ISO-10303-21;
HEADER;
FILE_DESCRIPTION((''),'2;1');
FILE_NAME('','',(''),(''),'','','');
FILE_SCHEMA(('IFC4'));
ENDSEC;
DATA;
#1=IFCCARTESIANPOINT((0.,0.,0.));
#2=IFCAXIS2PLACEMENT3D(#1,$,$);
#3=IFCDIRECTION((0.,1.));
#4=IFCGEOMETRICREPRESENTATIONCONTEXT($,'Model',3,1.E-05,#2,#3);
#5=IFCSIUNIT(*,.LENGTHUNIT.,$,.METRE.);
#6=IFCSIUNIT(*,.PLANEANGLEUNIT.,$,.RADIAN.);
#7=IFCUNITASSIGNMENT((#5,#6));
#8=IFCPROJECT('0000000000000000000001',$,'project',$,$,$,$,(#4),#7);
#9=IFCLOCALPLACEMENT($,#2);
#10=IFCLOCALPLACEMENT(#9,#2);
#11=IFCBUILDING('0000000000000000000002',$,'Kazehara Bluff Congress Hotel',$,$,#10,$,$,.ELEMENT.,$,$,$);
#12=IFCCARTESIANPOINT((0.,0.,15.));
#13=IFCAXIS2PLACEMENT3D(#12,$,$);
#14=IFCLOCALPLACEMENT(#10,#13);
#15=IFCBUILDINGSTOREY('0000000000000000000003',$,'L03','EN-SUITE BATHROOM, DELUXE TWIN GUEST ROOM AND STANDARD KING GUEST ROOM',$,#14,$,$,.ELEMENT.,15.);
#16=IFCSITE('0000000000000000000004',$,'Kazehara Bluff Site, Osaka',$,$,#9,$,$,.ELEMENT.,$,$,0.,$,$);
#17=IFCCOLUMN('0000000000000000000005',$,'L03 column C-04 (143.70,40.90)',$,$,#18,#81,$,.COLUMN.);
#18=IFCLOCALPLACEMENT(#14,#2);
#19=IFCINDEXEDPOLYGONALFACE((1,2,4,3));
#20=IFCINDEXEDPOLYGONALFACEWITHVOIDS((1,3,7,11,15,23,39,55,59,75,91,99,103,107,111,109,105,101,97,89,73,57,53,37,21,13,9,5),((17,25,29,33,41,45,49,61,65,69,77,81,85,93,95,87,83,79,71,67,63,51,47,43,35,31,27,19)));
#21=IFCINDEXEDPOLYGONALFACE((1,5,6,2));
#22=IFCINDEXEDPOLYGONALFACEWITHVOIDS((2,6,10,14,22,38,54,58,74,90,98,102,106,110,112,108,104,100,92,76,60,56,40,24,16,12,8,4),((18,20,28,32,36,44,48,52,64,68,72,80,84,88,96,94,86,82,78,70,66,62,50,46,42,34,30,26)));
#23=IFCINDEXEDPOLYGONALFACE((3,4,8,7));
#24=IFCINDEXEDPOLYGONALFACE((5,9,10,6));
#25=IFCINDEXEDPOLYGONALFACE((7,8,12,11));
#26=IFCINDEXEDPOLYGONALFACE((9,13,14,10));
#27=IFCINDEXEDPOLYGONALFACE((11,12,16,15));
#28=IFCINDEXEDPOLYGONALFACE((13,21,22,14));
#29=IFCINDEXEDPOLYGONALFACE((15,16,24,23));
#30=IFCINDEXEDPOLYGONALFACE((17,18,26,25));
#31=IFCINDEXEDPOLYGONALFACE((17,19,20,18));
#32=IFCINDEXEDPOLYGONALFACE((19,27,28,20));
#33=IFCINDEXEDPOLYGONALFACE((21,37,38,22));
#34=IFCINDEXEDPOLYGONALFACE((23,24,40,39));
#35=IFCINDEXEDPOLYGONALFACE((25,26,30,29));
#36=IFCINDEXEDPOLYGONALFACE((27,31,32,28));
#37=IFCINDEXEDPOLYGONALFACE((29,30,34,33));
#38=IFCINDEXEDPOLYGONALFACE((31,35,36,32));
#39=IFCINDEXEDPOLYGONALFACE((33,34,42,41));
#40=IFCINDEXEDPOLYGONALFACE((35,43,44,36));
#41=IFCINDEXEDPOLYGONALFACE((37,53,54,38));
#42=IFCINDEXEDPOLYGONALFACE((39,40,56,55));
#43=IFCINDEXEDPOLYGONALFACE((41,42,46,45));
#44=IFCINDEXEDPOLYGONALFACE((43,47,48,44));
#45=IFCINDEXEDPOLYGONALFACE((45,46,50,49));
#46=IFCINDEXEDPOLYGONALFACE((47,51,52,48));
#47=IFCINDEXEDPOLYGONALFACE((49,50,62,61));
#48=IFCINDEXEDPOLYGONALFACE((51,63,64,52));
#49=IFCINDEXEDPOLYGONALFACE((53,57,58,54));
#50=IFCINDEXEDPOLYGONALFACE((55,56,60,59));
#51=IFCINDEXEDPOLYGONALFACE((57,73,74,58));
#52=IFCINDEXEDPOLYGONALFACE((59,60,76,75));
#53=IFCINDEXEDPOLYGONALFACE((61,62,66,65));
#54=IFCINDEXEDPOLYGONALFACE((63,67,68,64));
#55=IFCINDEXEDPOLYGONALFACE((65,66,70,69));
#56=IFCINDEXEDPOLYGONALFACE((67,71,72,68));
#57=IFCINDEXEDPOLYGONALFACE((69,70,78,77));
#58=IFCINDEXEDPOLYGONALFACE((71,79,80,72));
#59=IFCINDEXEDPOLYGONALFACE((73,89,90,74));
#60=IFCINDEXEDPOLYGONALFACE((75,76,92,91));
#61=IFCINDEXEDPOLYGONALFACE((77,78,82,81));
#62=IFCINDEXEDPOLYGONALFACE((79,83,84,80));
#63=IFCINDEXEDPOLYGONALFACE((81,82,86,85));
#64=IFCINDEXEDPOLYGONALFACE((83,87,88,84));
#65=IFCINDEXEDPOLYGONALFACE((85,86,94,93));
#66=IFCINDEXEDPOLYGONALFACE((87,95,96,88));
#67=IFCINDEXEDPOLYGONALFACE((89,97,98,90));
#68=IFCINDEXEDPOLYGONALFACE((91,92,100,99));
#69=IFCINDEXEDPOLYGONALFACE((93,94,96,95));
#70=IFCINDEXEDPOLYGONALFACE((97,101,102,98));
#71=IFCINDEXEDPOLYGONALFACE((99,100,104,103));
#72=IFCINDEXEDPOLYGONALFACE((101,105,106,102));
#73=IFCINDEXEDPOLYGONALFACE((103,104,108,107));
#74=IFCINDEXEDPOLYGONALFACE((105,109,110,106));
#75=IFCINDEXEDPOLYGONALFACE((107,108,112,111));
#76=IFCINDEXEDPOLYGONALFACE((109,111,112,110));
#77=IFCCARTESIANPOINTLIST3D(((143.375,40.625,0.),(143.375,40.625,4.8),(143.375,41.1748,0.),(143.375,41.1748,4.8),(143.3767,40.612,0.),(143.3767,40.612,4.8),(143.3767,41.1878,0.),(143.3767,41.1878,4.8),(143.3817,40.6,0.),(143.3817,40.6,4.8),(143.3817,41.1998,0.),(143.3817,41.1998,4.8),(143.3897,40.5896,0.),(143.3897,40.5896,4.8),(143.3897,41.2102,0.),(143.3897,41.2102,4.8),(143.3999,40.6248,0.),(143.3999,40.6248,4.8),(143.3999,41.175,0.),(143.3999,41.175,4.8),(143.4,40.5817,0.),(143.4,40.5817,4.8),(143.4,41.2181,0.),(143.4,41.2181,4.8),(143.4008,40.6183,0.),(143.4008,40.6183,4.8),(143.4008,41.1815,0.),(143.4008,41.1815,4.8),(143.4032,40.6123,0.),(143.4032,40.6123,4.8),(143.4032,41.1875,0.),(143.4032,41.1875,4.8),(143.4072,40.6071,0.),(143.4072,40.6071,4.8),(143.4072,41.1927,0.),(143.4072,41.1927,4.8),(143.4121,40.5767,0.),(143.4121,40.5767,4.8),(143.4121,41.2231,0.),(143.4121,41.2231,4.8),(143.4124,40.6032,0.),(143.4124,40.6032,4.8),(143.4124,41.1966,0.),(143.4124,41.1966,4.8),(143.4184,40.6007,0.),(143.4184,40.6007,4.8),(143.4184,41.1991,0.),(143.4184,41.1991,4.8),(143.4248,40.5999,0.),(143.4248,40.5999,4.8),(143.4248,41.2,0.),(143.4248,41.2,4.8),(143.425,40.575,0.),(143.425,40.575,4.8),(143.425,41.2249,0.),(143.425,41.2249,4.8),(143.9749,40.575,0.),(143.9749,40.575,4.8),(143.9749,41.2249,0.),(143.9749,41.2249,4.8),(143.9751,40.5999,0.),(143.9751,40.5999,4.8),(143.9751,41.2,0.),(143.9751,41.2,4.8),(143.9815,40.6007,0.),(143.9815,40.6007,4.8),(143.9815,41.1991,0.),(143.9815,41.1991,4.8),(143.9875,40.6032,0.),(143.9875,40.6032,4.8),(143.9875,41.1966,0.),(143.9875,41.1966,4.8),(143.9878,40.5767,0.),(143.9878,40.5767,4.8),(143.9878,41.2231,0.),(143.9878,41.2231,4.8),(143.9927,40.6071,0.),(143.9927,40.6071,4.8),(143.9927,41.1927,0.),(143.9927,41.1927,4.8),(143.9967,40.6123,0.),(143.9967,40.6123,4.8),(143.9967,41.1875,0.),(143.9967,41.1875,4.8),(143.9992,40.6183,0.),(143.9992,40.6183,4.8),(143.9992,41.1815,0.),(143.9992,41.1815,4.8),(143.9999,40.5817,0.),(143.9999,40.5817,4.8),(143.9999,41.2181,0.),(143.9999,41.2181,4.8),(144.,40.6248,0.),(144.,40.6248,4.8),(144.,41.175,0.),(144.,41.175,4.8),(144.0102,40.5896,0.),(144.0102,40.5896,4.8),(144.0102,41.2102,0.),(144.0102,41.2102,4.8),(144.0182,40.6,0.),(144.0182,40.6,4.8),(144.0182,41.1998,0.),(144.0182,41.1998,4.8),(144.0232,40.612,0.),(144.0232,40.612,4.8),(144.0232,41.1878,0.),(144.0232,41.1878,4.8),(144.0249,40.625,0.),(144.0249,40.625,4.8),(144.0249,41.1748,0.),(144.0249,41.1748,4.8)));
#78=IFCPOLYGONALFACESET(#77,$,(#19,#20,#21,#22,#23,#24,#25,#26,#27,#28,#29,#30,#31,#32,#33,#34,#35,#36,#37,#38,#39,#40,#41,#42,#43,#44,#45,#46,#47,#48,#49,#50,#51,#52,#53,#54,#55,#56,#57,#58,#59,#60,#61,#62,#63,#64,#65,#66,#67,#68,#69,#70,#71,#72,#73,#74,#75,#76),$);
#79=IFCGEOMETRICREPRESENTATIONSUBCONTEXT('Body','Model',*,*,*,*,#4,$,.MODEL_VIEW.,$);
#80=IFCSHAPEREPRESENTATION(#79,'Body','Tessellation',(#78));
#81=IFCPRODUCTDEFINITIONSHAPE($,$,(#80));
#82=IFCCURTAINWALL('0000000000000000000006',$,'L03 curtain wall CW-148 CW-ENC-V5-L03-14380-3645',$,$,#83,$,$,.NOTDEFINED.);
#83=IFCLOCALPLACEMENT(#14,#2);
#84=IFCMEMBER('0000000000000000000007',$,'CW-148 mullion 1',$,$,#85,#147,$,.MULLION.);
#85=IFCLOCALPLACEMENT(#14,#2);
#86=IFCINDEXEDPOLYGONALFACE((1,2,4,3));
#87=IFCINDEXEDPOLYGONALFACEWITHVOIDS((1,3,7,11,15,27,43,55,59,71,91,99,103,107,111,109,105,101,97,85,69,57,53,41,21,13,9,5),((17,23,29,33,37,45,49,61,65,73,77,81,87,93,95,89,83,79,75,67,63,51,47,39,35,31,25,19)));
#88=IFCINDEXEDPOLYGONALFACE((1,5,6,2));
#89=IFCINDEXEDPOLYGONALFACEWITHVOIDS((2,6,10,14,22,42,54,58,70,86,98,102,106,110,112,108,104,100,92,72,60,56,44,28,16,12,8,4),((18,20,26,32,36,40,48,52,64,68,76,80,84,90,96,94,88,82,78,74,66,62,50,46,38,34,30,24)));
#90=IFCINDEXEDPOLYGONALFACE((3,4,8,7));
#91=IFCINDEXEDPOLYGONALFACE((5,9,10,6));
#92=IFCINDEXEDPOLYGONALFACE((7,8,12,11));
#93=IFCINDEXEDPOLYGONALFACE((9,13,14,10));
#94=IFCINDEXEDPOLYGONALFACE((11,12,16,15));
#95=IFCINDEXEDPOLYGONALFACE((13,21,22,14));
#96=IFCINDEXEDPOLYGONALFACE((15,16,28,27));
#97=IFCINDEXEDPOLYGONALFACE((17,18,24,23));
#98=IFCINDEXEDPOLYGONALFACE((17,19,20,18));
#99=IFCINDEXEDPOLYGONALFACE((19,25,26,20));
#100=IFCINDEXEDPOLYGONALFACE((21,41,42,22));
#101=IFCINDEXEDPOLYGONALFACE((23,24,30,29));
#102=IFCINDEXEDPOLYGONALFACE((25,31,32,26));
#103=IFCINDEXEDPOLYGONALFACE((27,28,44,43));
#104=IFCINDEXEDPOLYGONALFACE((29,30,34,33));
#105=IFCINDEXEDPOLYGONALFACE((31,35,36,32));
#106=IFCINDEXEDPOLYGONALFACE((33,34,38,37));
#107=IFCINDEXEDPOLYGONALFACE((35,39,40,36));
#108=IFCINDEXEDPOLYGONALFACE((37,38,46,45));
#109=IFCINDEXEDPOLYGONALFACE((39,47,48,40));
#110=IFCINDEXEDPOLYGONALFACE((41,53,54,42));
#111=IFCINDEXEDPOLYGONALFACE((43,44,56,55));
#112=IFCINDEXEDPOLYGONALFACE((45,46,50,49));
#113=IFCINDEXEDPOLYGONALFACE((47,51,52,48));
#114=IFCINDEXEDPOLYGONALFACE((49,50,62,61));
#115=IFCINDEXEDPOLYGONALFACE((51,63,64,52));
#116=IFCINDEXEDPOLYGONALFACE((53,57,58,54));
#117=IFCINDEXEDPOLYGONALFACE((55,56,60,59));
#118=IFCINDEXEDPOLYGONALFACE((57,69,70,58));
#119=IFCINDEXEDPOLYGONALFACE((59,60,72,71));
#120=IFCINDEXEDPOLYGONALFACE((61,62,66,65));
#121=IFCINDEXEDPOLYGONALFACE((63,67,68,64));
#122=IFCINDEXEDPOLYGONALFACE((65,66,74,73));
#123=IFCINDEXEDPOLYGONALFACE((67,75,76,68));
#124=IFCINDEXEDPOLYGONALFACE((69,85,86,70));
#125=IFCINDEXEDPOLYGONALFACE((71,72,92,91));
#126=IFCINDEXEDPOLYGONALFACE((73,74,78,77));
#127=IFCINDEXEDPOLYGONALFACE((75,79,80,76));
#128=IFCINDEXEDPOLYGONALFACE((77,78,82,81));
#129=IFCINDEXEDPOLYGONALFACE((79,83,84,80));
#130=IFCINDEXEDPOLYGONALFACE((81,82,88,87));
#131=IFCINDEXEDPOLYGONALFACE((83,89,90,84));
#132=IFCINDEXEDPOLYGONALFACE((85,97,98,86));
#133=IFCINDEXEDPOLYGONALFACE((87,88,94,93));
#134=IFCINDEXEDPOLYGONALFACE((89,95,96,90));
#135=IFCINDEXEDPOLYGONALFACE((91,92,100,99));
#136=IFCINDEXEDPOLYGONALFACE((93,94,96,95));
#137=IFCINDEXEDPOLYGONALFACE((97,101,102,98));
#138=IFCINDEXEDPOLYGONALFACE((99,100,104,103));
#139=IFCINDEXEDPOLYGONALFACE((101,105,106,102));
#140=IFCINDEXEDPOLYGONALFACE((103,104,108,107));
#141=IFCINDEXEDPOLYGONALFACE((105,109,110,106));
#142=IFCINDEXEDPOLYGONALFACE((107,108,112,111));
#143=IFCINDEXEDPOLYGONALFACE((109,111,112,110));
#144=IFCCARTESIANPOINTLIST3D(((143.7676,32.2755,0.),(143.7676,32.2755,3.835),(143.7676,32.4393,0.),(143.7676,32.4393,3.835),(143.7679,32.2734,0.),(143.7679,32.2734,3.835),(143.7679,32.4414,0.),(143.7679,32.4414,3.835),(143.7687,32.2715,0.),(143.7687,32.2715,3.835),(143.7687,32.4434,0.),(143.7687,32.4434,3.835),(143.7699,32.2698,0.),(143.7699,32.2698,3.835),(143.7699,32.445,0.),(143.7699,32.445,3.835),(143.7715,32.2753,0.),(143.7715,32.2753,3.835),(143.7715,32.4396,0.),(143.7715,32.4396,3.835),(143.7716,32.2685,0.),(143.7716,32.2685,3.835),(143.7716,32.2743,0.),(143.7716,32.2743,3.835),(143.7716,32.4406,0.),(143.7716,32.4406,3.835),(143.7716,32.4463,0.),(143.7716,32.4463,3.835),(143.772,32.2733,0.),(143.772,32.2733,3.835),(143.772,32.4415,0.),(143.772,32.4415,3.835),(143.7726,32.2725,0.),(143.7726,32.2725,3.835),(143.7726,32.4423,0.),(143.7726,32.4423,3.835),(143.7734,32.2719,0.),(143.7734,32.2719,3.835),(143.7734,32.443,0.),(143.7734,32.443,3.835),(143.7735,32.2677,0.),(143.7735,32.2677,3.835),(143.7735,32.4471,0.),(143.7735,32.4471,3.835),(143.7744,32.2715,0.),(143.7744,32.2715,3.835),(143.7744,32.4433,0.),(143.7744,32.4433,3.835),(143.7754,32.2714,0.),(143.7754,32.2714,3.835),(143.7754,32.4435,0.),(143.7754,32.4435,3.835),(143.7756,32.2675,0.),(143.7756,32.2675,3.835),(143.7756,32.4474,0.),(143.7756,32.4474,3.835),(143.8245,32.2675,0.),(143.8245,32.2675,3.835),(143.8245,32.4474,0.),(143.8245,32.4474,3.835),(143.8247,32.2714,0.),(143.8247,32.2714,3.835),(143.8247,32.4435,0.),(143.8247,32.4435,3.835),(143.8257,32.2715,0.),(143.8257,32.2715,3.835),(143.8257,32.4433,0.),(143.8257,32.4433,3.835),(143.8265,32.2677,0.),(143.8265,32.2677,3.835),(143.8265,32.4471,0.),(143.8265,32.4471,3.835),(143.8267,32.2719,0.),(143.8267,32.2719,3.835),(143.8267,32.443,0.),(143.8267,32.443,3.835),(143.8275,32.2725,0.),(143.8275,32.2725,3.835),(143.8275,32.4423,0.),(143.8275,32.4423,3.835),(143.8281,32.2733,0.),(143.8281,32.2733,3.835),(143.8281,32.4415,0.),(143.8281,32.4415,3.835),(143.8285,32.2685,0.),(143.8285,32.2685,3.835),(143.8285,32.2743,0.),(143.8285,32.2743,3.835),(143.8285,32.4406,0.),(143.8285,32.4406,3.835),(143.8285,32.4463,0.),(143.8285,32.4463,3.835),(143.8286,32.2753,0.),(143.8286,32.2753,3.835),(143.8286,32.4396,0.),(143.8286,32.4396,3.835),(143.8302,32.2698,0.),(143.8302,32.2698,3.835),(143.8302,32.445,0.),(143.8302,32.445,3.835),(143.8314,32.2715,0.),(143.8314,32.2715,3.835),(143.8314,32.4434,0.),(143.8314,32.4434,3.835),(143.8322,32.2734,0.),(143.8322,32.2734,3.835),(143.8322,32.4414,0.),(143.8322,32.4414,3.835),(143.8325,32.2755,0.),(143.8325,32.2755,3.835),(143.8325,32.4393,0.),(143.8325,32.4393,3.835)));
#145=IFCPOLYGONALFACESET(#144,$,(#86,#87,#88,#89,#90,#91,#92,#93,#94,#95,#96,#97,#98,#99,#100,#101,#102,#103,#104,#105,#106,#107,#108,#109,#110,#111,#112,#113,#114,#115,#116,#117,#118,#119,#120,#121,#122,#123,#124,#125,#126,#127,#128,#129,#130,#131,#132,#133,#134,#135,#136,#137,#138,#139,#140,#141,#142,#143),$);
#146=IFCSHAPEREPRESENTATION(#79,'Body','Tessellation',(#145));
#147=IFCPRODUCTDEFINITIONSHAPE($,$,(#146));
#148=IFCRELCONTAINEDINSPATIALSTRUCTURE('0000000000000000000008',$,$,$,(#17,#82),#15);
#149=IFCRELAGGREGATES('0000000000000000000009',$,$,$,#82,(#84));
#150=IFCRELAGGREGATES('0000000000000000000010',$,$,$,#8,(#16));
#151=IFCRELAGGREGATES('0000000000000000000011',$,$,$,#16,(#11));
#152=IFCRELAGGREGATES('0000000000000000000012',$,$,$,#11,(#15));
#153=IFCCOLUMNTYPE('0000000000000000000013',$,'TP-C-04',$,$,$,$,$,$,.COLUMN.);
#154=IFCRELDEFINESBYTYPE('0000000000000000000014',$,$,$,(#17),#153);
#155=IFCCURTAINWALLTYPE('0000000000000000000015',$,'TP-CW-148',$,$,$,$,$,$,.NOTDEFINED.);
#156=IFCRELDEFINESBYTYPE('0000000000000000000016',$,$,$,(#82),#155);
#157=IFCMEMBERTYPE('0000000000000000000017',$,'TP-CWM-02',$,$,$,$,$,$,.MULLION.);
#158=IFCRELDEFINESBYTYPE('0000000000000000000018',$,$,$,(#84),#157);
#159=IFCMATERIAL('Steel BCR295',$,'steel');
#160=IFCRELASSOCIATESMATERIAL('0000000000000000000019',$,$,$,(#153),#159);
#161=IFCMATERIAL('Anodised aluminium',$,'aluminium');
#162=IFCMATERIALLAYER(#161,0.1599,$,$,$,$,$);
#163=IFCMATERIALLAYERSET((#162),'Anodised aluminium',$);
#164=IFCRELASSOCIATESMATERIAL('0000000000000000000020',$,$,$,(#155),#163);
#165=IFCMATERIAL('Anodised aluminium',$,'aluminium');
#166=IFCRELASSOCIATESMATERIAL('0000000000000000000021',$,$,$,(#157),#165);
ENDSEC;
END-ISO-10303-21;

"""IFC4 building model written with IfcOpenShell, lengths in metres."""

from ifc_helpers import new_model, si_unit, direction, frame, origin, origin_2d, place, context, subcontext, project, spatial, hollow_rectangle, extrude, material, layer, layer_set, material_profile, profile_set, type_object, element, aggregate, save


model = new_model("IFC4")

# Units and contexts
model_context = context("Model", 3, precision=1e-05, world=origin(), true_north=direction((0.0, 1.0)))
body_context = subcontext(model_context, "Body", "Model", "MODEL_VIEW")
ifc_project = project(units=[si_unit("LENGTHUNIT", "METRE"), si_unit("PLANEANGLEUNIT", "RADIAN")], contexts=[model_context])

# Site, building, storey
site_placement = place(None, origin())
site = spatial("IfcSite", under=ifc_project, at=site_placement, Name="Kazehara Bluff Site, Osaka", CompositionType="ELEMENT", RefElevation=0.0)
building_placement = place(site_placement, origin())
building = spatial("IfcBuilding", under=site, at=building_placement, Name="Kazehara Bluff Congress Hotel", CompositionType="ELEMENT")
storey_placement = place(building_placement, frame((0.0, 0.0, 15.0)))
storey = spatial("IfcBuildingStorey", under=building, at=storey_placement, Name="L03", Description="EN-SUITE BATHROOM, DELUXE TWIN GUEST ROOM AND STANDARD KING GUEST ROOM", CompositionType="ELEMENT", Elevation=15.0)

# Column
ifc_material_1 = material(Name="Steel BCR295", Category="steel")
ifc_material_profile_1 = material_profile(ifc_material_1, hollow_rectangle(XDim=0.6499, YDim=0.6499, WallThickness=0.0249, InnerFilletRadius=0.0249, OuterFilletRadius=0.05, at=origin_2d()))
ifc_profile_set_1 = profile_set([ifc_material_profile_1], Name="Steel BCR295")
column_type = type_object("IfcColumnType", Name="TP-C-04", PredefinedType="COLUMN", material=ifc_profile_set_1)
for number, where, z_axis, x_axis, name in (
    (1, (143.7, 40.8999, 0.0), (0.0, 0.0, 1.0), (1.0, 0.0, 0.0), "L03 column C-04 (143.70,40.90)"),
):
    element("IfcColumn", number, at=place(storey_placement, frame(where, z_axis=z_axis, x_axis=x_axis)), inside=storey, type_object=column_type, Name=name, PredefinedType="COLUMN", context=body_context, shape_type="SweptSolid", body=[
        extrude(hollow_rectangle(XDim=0.6499, YDim=0.6499, WallThickness=0.0249, InnerFilletRadius=0.0249, OuterFilletRadius=0.05, at=origin_2d()), origin(), (0.0, 0.0, 1.0), 4.8),
    ])

# Curtain wall, member
ifc_material_2 = material(Name="Anodised aluminium", Category="aluminium")
ifc_layer_1 = layer(ifc_material_2, 0.1599)
ifc_layer_set_1 = layer_set([ifc_layer_1], Name="Anodised aluminium")
curtain_wall_type = type_object("IfcCurtainWallType", Name="TP-CW-148", PredefinedType="NOTDEFINED", material=ifc_layer_set_1)
curtain_wall_placement = place(storey_placement, origin())
curtain_wall = element("IfcCurtainWall", 2, at=curtain_wall_placement, inside=storey, type_object=curtain_wall_type, Name="L03 curtain wall CW-148 CW-ENC-V5-L03-14380-3645", PredefinedType="NOTDEFINED")
ifc_material_3 = material(Name="Anodised aluminium", Category="aluminium")
ifc_material_profile_2 = material_profile(ifc_material_3, hollow_rectangle(XDim=0.0649, YDim=0.1799, WallThickness=0.0039, InnerFilletRadius=0.0039, OuterFilletRadius=0.0081, at=origin_2d()))
ifc_profile_set_2 = profile_set([ifc_material_profile_2], Name="Anodised aluminium")
member_type_1 = type_object("IfcMemberType", Name="TP-CWM-02", PredefinedType="MULLION", material=ifc_profile_set_2)
member_1_placement = place(storey_placement, frame((143.8, 32.3574, 0.0), z_axis=(0.0, 0.0, 1.0), x_axis=(-1.0, 0.0, 0.0)))
member_1 = element("IfcMember", 3, at=member_1_placement, type_object=member_type_1, Name="CW-148 mullion 1", PredefinedType="MULLION", context=body_context, shape_type="SweptSolid", body=[
    extrude(hollow_rectangle(XDim=0.0649, YDim=0.1799, WallThickness=0.0039, InnerFilletRadius=0.0039, OuterFilletRadius=0.0081, at=origin_2d()), origin(), (0.0, 0.0, 1.0), 3.835),
])

aggregate(curtain_wall, [member_1])

save(model, "model.ifc")
